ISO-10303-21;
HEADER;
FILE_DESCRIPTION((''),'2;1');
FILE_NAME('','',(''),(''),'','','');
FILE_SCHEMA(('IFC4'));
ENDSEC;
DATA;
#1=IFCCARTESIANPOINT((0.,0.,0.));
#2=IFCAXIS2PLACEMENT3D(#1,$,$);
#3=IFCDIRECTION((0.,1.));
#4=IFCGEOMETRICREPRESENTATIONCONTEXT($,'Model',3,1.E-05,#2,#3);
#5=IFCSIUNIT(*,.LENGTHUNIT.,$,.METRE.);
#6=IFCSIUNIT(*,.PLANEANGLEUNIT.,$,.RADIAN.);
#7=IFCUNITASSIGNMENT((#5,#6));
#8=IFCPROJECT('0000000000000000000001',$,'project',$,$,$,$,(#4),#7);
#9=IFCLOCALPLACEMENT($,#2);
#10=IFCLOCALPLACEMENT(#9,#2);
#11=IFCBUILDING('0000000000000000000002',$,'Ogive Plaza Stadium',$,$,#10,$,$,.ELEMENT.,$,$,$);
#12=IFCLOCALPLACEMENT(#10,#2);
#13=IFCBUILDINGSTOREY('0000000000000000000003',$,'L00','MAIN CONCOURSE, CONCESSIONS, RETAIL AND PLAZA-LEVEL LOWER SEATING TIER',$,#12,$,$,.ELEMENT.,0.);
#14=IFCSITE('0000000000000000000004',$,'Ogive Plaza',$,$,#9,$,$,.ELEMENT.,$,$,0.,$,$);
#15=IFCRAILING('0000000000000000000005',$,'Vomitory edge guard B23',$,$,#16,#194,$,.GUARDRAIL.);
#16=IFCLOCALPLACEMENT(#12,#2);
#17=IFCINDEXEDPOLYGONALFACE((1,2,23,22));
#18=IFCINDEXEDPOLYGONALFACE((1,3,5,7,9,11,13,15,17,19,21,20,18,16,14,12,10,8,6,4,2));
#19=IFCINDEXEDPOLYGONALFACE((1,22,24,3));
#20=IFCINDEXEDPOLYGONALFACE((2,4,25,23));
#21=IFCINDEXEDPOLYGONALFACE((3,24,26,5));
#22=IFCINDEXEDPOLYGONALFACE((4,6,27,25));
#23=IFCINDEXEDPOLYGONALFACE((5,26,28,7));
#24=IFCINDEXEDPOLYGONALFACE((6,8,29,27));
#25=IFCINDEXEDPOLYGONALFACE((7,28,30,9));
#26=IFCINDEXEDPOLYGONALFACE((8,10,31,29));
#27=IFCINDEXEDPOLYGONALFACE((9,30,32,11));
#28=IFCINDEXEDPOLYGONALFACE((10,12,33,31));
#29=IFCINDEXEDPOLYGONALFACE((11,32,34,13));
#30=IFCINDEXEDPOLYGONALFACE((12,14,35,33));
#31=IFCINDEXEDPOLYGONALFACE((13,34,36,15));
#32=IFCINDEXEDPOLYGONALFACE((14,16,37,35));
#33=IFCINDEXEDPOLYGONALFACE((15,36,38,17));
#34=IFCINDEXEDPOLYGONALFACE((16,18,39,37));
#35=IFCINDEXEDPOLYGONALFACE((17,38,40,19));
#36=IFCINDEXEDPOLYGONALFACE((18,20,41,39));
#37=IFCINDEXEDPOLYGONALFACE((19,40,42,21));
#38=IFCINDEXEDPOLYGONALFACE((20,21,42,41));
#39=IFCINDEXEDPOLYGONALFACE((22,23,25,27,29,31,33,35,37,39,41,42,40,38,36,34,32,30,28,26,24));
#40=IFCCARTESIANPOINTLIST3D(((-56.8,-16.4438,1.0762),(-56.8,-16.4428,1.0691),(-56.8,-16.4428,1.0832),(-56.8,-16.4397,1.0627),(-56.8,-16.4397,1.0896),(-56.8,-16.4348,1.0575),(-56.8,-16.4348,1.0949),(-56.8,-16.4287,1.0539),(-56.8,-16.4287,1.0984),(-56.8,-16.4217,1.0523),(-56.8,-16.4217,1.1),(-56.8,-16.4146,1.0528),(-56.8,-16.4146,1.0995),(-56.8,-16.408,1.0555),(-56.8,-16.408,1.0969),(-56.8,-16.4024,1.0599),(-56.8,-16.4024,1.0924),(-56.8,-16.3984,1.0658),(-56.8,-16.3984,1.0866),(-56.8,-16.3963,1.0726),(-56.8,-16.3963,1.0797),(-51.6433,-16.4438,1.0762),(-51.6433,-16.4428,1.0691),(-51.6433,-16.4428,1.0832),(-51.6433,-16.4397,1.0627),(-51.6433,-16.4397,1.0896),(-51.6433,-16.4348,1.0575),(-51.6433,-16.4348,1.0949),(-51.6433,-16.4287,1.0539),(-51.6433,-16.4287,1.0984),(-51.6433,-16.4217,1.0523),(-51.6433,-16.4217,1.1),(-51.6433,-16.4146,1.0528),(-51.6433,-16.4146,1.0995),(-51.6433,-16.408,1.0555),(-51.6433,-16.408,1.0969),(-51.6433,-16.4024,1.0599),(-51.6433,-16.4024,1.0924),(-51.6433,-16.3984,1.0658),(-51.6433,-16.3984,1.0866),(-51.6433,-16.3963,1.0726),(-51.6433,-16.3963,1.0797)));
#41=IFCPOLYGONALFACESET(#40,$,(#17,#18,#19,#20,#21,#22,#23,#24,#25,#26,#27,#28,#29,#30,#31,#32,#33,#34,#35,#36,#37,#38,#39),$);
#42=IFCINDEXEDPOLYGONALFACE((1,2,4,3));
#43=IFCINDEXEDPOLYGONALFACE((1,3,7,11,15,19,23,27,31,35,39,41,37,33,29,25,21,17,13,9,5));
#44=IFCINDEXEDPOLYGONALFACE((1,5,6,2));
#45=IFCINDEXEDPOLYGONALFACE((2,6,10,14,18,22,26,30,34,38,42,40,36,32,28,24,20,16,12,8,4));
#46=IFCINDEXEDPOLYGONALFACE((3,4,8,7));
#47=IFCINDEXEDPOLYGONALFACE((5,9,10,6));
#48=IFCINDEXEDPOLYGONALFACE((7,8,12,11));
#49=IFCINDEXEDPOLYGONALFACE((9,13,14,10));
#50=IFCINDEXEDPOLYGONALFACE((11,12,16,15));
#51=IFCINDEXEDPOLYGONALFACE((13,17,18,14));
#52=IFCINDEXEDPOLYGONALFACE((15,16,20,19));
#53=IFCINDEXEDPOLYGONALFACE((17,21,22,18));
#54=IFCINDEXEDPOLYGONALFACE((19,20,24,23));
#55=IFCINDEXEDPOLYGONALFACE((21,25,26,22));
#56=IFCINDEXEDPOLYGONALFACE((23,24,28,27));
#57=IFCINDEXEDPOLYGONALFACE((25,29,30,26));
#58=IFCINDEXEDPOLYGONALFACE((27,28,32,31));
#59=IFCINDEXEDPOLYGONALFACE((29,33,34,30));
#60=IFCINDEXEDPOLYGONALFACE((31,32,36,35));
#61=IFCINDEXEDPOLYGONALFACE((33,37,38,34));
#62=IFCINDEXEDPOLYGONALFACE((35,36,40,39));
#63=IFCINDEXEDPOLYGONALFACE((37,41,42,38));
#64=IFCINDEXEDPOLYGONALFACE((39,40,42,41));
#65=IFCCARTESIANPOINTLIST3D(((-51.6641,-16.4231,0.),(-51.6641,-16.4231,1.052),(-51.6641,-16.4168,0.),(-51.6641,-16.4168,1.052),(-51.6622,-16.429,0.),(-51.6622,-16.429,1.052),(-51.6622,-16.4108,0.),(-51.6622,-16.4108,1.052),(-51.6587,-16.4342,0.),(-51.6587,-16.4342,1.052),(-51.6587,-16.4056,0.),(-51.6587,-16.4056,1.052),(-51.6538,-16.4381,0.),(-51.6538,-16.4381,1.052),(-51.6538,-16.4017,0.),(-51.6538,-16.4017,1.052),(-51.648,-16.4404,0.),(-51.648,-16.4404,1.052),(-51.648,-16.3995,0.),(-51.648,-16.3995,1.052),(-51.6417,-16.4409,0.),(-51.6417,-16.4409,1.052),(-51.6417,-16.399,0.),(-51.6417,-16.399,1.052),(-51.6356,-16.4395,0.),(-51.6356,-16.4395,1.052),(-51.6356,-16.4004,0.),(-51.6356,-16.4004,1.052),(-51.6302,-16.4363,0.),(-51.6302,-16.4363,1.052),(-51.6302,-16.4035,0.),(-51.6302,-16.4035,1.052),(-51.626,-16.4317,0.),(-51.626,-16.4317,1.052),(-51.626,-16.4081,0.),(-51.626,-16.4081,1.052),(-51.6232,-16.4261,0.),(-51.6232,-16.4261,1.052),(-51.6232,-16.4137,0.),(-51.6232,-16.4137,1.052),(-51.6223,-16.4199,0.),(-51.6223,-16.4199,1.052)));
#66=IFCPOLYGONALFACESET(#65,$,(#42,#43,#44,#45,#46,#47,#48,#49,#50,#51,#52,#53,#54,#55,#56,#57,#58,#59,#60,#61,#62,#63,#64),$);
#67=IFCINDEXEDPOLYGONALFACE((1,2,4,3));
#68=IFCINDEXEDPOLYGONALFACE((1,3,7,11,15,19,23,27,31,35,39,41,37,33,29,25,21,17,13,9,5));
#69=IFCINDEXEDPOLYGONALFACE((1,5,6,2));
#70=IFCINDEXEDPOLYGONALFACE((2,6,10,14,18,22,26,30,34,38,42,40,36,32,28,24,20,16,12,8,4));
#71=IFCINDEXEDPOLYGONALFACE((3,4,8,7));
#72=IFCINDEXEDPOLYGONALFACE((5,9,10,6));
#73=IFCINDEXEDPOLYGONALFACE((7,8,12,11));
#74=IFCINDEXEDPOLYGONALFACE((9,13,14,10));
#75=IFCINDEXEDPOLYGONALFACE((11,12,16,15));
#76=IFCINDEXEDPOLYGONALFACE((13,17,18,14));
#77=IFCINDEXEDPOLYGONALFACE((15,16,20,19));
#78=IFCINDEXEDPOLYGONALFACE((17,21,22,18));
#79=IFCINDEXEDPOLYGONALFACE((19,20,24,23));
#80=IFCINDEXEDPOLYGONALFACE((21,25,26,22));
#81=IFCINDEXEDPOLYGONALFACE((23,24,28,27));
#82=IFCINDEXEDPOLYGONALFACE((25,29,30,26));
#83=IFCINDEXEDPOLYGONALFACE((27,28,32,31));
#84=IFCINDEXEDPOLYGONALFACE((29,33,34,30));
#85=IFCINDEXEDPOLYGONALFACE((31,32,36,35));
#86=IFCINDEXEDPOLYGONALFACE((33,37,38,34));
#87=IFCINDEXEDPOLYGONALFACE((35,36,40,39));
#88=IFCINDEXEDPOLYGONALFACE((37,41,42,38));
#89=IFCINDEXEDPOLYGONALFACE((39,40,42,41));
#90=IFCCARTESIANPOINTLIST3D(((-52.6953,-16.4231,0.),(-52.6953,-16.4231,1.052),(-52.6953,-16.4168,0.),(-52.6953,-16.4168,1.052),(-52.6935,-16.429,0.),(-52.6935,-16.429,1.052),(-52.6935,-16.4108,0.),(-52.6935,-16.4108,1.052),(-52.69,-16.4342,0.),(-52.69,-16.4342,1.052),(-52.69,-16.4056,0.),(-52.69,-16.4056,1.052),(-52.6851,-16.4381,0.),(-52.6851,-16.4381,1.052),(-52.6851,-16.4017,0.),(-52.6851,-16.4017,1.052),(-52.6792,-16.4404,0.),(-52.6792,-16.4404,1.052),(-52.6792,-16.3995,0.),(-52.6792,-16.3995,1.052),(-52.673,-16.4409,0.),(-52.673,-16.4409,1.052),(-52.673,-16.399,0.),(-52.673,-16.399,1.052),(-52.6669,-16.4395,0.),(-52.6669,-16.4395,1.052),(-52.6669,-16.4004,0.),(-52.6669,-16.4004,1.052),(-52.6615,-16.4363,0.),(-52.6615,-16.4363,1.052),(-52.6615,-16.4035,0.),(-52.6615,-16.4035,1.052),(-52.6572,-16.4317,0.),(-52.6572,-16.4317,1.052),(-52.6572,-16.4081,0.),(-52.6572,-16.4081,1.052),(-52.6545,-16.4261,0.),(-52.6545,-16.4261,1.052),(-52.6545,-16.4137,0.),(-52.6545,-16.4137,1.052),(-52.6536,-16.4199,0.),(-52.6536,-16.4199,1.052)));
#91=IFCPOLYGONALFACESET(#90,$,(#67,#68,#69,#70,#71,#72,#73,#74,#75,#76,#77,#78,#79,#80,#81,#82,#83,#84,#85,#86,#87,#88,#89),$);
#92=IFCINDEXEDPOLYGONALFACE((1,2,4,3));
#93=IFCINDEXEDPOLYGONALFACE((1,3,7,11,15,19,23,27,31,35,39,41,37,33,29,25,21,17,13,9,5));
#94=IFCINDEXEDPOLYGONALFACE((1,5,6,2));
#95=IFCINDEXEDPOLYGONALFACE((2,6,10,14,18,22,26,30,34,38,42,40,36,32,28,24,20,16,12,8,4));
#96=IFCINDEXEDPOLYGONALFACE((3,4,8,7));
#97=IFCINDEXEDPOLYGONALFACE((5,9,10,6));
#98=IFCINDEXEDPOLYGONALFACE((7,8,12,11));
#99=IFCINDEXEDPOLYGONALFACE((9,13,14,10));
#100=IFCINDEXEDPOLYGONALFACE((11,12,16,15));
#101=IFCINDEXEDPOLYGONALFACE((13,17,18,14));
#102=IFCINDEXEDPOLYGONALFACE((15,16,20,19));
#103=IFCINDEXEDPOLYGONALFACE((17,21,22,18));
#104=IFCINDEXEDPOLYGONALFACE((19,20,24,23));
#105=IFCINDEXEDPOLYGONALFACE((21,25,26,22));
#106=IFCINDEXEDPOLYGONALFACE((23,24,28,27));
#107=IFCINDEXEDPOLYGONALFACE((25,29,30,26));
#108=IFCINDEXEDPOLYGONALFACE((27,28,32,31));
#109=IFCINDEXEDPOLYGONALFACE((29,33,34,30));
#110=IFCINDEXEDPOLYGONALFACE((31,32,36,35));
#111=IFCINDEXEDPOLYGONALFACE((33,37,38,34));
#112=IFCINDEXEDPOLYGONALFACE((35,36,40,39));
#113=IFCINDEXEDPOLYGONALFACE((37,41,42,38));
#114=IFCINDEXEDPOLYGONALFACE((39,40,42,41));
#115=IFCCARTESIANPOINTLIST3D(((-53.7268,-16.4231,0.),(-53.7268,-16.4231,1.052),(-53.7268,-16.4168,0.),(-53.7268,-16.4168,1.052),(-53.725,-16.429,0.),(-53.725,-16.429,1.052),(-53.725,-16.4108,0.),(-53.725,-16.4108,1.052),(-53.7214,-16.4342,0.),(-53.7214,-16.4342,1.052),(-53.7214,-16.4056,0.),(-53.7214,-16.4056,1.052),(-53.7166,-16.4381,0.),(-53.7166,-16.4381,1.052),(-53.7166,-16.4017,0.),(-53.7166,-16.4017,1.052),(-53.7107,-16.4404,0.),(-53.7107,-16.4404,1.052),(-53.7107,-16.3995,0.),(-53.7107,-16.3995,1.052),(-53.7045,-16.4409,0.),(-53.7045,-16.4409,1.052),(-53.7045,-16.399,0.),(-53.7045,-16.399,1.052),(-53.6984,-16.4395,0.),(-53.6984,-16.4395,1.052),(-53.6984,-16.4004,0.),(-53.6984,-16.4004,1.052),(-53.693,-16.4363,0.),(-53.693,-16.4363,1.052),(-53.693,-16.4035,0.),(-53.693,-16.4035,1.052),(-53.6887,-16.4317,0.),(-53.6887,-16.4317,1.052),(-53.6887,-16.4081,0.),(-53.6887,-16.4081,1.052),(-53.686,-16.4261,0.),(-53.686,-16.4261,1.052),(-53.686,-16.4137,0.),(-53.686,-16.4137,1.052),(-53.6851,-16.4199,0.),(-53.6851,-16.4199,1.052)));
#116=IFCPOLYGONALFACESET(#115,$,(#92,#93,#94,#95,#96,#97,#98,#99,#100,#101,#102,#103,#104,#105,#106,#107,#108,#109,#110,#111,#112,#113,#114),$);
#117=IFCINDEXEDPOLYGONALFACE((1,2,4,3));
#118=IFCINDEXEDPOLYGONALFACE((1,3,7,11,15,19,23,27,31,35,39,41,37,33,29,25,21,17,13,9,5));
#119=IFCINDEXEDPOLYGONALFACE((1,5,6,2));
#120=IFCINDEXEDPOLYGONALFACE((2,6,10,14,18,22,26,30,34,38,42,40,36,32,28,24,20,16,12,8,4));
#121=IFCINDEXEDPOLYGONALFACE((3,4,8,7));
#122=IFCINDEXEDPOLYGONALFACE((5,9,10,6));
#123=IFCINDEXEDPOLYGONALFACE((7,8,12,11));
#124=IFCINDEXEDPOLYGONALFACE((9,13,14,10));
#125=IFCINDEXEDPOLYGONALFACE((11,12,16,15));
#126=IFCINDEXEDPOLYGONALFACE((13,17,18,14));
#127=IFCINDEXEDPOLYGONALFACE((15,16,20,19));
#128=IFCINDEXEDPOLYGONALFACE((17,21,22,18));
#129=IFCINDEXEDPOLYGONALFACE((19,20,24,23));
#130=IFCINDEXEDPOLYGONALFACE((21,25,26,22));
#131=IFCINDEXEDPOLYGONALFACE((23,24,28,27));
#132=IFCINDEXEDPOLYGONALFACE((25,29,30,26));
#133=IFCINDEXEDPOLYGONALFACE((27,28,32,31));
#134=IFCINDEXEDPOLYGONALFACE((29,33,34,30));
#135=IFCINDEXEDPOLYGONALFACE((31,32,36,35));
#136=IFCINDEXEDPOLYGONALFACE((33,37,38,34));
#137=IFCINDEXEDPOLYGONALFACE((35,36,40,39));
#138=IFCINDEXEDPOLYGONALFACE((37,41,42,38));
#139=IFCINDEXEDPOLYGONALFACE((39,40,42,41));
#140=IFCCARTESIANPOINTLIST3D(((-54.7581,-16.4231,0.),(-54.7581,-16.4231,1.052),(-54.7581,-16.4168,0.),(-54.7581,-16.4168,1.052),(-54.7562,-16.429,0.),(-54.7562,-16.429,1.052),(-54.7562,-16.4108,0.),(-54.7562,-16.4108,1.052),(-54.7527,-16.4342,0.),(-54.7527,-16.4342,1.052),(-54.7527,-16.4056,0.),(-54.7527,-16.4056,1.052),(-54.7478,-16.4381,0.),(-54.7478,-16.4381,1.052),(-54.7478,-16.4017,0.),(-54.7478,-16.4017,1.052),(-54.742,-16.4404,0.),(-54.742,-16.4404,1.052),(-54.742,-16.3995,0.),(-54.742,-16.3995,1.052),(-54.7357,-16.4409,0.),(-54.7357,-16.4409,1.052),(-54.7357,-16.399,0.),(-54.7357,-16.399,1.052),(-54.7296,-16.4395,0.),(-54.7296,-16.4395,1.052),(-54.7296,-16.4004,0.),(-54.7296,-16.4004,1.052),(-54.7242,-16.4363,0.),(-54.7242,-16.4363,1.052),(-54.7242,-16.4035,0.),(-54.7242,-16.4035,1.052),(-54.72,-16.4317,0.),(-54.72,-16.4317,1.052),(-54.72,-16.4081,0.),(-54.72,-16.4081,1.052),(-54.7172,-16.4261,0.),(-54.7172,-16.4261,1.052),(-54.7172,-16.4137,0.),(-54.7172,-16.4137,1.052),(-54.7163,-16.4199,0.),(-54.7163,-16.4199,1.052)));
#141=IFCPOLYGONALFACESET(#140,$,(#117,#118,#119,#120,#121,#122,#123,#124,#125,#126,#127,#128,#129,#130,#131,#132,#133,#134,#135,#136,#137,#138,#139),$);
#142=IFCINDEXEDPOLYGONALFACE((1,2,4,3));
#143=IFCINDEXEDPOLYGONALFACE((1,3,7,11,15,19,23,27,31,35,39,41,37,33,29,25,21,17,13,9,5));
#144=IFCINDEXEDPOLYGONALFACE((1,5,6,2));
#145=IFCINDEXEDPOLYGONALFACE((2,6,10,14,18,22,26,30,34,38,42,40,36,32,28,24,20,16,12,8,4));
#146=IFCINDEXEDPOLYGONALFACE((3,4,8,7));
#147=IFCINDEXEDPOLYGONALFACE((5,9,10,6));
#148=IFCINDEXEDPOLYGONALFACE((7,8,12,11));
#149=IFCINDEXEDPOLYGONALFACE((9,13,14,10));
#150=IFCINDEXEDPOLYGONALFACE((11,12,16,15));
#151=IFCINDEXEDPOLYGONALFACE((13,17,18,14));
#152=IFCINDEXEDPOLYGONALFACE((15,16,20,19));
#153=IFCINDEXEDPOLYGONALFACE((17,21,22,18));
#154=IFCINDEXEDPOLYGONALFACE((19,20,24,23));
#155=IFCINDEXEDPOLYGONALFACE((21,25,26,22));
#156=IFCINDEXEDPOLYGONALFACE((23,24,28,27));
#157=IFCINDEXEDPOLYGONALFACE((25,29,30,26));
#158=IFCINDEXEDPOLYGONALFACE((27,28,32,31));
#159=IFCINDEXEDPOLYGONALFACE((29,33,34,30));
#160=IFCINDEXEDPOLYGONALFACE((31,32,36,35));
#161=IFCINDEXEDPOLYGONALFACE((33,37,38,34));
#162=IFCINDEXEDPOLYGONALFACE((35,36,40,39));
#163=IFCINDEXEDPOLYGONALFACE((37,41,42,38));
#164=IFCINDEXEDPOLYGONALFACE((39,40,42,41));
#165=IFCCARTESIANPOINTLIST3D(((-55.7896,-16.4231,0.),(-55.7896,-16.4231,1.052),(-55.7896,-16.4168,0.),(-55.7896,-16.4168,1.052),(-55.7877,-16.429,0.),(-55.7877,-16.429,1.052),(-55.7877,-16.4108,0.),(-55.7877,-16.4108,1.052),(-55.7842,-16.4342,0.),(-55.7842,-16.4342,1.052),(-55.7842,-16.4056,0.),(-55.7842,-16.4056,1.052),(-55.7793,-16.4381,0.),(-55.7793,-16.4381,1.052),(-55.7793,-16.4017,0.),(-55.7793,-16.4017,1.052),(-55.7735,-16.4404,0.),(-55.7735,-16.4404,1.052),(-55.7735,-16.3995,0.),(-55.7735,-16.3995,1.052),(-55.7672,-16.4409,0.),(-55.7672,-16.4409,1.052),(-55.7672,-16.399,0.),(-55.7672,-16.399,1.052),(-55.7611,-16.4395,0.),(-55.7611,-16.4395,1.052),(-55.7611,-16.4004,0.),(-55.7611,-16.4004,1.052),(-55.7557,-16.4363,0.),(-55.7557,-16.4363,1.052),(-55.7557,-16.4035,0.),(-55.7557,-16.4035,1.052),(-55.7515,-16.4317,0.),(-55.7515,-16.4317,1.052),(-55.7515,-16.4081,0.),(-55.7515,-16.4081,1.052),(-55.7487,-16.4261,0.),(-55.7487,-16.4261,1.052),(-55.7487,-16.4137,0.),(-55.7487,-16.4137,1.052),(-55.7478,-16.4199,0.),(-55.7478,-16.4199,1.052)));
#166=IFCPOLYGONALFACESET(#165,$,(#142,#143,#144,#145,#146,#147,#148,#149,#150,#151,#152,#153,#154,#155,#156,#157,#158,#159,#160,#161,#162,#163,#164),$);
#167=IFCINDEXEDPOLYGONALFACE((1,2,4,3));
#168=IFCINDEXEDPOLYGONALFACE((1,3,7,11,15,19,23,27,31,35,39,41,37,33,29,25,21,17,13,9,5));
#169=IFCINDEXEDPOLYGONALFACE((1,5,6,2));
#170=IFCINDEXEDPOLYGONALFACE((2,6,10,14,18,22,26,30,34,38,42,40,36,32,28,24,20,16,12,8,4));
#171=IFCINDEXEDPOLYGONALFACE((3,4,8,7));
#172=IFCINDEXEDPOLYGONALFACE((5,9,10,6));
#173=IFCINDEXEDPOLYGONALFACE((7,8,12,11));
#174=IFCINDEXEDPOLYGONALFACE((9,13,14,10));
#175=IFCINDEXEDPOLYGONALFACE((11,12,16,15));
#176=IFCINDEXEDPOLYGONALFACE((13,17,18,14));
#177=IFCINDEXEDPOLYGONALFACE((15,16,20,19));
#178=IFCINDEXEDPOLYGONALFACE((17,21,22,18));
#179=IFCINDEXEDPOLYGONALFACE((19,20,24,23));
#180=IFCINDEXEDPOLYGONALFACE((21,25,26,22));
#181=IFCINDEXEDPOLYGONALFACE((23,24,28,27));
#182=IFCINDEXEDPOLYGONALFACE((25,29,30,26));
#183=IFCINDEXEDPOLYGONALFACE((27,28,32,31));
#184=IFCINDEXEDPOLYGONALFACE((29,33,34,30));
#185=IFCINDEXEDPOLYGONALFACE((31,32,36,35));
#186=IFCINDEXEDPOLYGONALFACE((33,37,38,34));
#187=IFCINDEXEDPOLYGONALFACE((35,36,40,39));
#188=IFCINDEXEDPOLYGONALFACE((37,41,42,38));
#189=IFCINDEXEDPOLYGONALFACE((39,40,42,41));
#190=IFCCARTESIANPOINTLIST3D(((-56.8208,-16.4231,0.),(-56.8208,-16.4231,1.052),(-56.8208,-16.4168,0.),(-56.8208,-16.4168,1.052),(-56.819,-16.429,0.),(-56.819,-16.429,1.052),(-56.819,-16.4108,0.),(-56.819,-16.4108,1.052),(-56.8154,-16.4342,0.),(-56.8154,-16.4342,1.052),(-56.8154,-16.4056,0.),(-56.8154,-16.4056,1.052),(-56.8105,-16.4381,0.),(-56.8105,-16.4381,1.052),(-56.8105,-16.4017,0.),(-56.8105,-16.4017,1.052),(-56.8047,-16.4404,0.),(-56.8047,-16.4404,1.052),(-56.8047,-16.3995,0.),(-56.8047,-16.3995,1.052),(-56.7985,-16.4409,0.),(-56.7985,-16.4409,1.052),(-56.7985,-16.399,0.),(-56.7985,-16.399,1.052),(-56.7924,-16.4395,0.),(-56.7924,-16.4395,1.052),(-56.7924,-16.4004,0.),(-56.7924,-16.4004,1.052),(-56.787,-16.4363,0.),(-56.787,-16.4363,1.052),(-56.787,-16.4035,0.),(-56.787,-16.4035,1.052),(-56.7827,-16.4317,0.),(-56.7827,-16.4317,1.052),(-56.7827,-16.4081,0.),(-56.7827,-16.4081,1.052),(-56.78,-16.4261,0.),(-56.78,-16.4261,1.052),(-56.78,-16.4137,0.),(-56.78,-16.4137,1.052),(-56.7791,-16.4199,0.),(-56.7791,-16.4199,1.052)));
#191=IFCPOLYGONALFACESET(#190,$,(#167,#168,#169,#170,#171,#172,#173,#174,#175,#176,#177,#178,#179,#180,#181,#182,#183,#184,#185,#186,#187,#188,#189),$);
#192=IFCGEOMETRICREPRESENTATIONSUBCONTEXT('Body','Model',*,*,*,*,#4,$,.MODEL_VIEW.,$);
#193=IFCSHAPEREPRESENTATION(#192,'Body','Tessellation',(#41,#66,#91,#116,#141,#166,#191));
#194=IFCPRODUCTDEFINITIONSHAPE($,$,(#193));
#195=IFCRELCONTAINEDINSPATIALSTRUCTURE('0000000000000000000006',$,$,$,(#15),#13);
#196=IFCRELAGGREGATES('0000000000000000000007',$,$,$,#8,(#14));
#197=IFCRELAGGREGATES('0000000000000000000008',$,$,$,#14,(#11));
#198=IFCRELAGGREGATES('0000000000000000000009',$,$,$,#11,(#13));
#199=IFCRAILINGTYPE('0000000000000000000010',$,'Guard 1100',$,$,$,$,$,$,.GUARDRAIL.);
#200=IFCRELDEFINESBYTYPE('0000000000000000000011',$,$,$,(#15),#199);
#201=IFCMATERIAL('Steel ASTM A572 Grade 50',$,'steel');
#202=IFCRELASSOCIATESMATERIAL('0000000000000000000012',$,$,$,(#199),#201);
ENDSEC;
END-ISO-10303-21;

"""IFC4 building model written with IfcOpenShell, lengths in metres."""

from ifc_helpers import new_model, si_unit, direction, frame, origin, origin_2d, place, context, subcontext, project, spatial, circle, extrude, material, type_object, element, save


model = new_model("IFC4")

# Units and contexts
model_context = context("Model", 3, precision=1e-05, world=origin(), true_north=direction((0.0, 1.0)))
body_context = subcontext(model_context, "Body", "Model", "MODEL_VIEW")
ifc_project = project(units=[si_unit("LENGTHUNIT", "METRE"), si_unit("PLANEANGLEUNIT", "RADIAN")], contexts=[model_context])

# Site, building, storey
site_placement = place(None, origin())
site = spatial("IfcSite", under=ifc_project, at=site_placement, Name="Ogive Plaza", CompositionType="ELEMENT", RefElevation=0.0)
building_placement = place(site_placement, origin())
building = spatial("IfcBuilding", under=site, at=building_placement, Name="Ogive Plaza Stadium", CompositionType="ELEMENT")
storey_placement = place(building_placement, origin())
storey = spatial("IfcBuildingStorey", under=building, at=storey_placement, Name="L00", Description="MAIN CONCOURSE, CONCESSIONS, RETAIL AND PLAZA-LEVEL LOWER SEATING TIER", CompositionType="ELEMENT", Elevation=0.0)

# Railing
ifc_material_1 = material(Name="Steel ASTM A572 Grade 50", Category="steel")
railing_type = type_object("IfcRailingType", Name="Guard 1100", PredefinedType="GUARDRAIL", material=ifc_material_1)
for number, where, name in (
    (1, (-51.6433, -16.4199, 0.0), "Vomitory edge guard B23"),
):
    element("IfcRailing", number, at=place(storey_placement, frame(where)), inside=storey, type_object=railing_type, Name=name, PredefinedType="GUARDRAIL", context=body_context, shape_type="SweptSolid", body=[
        extrude(circle(Radius=0.0239, at=origin_2d()), frame((0.0, 0.0, 1.0762), z_axis=(-1.0, 0.0, 0.0), x_axis=(0.0, -1.0, 0.0)), (0.0, 0.0, 1.0), 5.1567),
        extrude(circle(Radius=0.021, at=origin_2d()), origin(), (0.0, 0.0, 1.0), 1.052),
        extrude(circle(Radius=0.021, at=origin_2d()), frame((-1.0312, 0.0, 0.0)), (0.0, 0.0, 1.0), 1.052),
        extrude(circle(Radius=0.021, at=origin_2d()), frame((-2.0627, 0.0, 0.0)), (0.0, 0.0, 1.0), 1.052),
        extrude(circle(Radius=0.021, at=origin_2d()), frame((-3.094, 0.0, 0.0)), (0.0, 0.0, 1.0), 1.052),
        extrude(circle(Radius=0.021, at=origin_2d()), frame((-4.1255, 0.0, 0.0)), (0.0, 0.0, 1.0), 1.052),
        extrude(circle(Radius=0.021, at=origin_2d()), frame((-5.1567, 0.0, 0.0)), (0.0, 0.0, 1.0), 1.052),
    ])

save(model, "model.ifc")
